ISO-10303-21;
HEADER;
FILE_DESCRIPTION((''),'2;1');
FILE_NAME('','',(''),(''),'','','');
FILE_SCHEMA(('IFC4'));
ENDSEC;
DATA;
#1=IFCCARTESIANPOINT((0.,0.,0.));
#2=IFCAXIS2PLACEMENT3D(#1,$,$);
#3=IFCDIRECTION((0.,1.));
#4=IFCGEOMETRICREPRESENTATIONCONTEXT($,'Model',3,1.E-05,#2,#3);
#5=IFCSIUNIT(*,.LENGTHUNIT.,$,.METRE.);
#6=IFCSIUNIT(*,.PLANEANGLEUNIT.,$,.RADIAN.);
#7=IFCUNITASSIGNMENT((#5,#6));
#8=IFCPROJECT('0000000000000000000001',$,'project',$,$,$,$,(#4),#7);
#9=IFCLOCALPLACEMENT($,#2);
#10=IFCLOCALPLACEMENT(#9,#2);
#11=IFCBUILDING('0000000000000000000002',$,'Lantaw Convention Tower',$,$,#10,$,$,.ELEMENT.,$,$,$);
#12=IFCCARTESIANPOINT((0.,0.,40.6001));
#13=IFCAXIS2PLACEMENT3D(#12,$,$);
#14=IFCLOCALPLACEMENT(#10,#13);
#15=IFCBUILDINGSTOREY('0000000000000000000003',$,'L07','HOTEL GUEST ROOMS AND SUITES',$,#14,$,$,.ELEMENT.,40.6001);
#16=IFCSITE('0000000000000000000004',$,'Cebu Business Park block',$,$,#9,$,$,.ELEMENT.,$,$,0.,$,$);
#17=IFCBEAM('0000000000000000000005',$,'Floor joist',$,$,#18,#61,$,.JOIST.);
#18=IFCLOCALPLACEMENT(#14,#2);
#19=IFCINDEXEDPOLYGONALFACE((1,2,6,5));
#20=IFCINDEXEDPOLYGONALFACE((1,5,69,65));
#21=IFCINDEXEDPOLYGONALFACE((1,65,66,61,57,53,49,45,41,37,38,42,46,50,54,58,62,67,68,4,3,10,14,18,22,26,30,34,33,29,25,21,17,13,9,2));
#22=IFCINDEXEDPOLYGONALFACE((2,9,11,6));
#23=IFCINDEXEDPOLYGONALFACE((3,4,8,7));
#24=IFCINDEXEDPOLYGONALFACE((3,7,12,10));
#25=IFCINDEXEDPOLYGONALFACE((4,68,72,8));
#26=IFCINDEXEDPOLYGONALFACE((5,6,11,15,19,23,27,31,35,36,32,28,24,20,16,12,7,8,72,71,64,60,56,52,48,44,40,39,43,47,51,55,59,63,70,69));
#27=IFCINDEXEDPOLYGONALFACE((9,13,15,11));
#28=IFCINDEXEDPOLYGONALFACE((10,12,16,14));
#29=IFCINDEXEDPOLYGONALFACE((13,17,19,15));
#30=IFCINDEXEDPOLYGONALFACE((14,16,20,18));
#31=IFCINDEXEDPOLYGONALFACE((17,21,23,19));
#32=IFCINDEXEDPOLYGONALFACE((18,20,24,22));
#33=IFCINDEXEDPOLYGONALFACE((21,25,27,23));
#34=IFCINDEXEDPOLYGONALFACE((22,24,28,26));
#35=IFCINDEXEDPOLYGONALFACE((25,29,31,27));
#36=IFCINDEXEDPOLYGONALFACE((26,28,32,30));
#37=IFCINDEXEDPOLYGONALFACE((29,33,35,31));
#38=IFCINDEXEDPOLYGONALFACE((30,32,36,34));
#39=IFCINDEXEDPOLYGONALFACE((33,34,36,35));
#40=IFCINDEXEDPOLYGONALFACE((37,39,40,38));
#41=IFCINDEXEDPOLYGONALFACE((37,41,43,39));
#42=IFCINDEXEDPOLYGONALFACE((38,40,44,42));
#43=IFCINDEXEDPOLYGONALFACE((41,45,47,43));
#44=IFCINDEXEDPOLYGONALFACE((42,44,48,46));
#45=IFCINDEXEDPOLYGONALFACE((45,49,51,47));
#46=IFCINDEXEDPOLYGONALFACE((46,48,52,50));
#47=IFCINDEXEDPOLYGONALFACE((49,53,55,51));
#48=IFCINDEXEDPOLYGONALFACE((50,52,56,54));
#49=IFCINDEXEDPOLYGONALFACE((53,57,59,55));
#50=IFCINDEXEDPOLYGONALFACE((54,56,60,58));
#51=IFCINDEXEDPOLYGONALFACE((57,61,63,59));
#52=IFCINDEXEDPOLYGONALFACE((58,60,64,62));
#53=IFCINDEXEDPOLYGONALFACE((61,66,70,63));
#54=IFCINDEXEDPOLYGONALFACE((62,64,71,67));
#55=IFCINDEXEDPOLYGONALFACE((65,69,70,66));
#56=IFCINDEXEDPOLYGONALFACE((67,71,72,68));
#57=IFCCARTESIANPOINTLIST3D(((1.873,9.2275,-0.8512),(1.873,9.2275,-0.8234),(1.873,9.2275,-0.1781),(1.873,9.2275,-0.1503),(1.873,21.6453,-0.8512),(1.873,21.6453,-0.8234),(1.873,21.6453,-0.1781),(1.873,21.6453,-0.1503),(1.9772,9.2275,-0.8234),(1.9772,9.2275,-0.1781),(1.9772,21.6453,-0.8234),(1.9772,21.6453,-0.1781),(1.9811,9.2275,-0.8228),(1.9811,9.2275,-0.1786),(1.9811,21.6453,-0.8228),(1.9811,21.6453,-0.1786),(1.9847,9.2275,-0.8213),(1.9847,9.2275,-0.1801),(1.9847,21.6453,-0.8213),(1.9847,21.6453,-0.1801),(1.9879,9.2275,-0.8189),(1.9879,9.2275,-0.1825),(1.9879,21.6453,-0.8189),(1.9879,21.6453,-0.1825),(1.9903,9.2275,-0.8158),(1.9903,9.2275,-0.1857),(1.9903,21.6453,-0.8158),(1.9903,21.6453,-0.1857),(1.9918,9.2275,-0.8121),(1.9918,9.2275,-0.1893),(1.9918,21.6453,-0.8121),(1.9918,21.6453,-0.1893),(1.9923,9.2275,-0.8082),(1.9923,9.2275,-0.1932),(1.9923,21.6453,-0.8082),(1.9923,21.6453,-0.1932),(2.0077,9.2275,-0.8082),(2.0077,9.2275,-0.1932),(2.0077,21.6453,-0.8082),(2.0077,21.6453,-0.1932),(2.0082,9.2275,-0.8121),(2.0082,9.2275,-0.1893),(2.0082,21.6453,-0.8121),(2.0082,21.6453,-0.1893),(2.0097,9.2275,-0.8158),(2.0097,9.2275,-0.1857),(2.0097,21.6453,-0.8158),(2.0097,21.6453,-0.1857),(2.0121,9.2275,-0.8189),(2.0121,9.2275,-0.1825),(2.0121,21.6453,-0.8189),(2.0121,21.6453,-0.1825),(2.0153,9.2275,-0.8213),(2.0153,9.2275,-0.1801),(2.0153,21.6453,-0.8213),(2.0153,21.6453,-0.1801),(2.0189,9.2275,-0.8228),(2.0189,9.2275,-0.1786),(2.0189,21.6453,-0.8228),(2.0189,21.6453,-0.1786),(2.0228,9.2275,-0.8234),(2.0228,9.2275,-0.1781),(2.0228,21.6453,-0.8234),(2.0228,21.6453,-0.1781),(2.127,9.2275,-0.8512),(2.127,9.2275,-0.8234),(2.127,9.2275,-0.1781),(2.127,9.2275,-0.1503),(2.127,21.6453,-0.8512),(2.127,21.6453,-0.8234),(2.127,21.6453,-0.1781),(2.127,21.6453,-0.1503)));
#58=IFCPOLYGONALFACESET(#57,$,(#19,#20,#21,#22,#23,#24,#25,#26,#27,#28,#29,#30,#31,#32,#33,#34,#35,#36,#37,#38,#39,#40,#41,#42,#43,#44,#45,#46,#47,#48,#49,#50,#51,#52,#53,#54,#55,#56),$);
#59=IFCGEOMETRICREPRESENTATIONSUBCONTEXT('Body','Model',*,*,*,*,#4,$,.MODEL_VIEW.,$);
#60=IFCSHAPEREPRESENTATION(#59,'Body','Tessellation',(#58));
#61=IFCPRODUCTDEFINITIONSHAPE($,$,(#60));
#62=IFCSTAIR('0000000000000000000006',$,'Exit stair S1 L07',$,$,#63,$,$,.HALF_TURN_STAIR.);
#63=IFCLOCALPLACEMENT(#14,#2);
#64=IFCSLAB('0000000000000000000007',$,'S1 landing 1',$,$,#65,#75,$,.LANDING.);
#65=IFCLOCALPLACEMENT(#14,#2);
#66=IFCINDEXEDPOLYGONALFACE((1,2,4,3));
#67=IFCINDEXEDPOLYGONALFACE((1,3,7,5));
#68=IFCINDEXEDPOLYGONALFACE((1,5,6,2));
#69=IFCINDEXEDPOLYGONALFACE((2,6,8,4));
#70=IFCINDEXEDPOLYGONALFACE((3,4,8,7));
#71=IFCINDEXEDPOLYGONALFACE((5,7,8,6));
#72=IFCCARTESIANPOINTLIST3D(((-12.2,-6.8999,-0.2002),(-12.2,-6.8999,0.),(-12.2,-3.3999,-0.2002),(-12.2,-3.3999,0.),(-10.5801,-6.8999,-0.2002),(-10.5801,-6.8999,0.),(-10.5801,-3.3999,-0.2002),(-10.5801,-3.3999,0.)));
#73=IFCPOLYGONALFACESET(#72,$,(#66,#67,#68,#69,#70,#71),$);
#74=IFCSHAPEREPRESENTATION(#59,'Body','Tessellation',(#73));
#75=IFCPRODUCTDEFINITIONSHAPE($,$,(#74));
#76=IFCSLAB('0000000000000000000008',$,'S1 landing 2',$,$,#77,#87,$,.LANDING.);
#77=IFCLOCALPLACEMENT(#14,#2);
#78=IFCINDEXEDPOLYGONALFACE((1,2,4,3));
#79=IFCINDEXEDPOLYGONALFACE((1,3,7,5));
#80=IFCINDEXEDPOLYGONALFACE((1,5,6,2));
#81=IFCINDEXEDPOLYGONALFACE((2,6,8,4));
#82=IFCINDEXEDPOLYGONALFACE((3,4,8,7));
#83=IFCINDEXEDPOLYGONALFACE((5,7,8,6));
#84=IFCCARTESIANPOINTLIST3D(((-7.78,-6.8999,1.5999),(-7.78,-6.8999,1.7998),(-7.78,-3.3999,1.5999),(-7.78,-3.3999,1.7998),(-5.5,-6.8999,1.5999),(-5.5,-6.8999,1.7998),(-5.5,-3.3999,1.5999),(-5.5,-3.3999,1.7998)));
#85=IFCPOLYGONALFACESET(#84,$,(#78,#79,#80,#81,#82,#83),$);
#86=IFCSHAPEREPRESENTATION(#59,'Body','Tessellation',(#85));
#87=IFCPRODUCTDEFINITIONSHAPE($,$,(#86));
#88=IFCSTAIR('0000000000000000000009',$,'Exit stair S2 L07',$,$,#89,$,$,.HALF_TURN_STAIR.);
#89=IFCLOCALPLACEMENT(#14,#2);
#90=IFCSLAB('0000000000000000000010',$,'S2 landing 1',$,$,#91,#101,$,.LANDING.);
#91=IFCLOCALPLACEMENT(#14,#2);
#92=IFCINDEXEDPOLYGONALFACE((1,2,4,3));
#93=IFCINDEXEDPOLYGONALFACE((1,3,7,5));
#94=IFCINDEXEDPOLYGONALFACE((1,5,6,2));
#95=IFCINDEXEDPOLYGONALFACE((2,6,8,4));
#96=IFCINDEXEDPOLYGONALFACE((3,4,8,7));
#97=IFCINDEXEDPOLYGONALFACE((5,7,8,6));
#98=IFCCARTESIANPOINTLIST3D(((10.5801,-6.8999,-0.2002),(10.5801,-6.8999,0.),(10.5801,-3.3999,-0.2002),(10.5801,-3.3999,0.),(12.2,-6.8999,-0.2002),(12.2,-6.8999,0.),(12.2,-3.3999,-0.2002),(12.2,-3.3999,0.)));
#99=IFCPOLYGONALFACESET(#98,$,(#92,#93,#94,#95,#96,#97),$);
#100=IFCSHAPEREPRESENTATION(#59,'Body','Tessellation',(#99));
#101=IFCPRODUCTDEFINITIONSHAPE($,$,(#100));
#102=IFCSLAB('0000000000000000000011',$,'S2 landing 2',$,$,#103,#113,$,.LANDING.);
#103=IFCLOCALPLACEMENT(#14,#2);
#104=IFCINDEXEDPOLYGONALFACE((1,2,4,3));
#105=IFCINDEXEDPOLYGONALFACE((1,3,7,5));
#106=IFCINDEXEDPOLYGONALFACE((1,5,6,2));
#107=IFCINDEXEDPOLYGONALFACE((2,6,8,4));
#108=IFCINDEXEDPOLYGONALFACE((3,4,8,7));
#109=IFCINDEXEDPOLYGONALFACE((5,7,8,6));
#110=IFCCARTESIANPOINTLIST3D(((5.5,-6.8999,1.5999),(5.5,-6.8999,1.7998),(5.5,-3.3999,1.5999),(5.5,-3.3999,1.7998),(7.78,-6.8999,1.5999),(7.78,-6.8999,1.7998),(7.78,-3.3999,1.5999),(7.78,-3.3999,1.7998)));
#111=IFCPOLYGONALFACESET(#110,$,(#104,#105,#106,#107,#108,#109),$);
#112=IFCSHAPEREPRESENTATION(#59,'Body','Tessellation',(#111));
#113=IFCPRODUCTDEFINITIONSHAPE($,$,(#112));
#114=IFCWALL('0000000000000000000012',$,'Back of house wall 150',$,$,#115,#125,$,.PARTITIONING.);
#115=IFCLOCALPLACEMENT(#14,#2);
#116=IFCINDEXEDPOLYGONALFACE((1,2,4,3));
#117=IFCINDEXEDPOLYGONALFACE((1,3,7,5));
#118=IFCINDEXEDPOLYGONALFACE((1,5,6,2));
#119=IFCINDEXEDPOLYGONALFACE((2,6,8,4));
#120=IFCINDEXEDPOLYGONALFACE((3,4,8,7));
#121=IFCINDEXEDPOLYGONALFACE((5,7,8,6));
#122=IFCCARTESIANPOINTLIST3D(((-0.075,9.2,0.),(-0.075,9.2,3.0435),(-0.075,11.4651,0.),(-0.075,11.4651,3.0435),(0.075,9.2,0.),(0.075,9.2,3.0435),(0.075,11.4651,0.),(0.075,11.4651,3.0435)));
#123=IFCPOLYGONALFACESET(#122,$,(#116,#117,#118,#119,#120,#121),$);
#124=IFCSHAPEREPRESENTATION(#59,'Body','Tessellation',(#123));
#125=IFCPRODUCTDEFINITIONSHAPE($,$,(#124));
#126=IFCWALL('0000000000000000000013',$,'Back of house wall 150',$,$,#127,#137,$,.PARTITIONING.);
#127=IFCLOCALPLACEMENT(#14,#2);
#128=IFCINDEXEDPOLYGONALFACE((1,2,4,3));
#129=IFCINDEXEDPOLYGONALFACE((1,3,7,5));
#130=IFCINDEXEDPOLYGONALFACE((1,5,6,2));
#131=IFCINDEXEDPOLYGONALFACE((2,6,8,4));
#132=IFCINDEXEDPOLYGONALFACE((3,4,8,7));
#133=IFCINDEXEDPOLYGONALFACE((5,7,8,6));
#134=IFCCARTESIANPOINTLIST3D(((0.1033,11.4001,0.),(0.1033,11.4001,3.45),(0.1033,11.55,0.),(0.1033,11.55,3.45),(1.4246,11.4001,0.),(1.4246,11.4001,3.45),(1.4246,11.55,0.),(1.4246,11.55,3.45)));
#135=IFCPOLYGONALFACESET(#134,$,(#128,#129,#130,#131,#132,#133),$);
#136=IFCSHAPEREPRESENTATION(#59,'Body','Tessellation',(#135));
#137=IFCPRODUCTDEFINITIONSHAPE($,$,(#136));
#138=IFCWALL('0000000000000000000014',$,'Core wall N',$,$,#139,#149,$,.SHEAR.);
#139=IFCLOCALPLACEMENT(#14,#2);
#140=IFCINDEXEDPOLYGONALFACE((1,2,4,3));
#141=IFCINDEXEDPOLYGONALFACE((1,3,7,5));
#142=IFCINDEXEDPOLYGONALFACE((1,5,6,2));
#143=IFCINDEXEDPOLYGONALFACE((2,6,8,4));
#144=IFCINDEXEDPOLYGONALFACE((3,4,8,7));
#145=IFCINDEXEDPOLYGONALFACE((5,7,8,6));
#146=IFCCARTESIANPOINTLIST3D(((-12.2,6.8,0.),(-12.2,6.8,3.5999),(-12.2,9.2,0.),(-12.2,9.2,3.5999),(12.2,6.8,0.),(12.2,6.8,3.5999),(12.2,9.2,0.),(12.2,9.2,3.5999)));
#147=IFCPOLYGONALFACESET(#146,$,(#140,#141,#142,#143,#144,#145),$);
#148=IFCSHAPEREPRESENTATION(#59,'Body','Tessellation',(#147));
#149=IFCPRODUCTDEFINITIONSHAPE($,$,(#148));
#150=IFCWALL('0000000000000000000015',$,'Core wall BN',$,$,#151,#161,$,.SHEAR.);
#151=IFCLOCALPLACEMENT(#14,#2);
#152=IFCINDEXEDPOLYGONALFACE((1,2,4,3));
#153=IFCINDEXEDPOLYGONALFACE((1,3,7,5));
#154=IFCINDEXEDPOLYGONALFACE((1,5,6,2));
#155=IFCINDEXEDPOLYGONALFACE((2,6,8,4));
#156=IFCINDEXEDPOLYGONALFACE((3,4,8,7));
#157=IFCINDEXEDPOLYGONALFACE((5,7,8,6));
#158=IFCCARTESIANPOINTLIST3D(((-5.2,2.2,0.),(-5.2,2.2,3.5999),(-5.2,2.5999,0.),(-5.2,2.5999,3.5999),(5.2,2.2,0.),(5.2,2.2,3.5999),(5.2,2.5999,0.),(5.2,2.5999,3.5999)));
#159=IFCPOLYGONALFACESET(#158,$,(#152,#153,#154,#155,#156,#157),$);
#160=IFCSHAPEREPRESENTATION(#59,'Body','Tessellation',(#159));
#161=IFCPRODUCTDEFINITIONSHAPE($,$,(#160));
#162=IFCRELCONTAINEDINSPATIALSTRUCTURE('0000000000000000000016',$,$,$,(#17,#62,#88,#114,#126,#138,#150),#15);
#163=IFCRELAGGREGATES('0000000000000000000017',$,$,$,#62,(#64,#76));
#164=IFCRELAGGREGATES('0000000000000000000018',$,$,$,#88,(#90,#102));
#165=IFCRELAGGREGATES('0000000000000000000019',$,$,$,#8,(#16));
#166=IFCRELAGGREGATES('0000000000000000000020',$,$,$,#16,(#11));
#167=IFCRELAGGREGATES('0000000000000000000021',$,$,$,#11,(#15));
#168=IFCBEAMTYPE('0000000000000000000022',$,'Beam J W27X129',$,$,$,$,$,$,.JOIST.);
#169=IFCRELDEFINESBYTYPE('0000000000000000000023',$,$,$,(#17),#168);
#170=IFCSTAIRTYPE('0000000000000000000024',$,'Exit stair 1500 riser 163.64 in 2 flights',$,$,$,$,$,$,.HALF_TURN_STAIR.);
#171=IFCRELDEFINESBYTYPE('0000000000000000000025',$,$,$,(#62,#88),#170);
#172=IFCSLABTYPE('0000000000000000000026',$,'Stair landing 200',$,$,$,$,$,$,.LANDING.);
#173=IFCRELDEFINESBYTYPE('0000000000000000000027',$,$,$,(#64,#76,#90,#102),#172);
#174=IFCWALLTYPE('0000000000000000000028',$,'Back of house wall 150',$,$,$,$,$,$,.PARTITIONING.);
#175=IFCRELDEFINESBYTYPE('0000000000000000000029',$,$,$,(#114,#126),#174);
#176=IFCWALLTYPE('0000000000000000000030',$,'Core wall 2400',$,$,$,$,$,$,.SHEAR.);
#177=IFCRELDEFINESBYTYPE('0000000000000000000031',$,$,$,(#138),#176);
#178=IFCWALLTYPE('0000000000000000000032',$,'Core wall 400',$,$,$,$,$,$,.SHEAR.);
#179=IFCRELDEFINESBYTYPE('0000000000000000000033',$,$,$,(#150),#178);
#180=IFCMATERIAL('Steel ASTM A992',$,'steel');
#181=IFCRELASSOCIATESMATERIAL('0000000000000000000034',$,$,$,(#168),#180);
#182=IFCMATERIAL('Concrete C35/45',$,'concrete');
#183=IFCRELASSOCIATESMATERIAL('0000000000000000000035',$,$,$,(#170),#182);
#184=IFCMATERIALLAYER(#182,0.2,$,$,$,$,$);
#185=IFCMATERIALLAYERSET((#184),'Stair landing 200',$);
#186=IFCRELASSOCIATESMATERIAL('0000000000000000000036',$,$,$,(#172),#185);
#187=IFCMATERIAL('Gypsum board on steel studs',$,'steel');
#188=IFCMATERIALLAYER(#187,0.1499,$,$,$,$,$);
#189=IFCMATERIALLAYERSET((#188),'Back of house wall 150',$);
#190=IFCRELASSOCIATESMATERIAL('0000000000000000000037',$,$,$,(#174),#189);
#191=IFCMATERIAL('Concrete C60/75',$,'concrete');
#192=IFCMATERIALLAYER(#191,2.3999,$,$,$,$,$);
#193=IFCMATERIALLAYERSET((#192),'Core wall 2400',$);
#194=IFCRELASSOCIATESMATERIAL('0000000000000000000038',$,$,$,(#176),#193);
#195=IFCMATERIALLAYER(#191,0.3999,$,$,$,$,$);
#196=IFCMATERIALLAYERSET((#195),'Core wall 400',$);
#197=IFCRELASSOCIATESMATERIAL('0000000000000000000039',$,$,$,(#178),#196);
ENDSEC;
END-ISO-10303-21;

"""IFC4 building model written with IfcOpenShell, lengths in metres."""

from ifc_helpers import new_model, si_unit, direction, frame, frame_2d, origin, origin_2d, place, context, subcontext, project, spatial, polyline, rectangle, i_section, outline, extrude, material, layer, layer_set, material_profile, profile_set, type_object, element, aggregate, save


model = new_model("IFC4")

# Units and contexts
model_context = context("Model", 3, precision=1e-05, world=origin(), true_north=direction((0.0, 1.0)))
body_context = subcontext(model_context, "Body", "Model", "MODEL_VIEW")
ifc_project = project(units=[si_unit("LENGTHUNIT", "METRE"), si_unit("PLANEANGLEUNIT", "RADIAN")], contexts=[model_context])

# Site, building, storey
site_placement = place(None, origin())
site = spatial("IfcSite", under=ifc_project, at=site_placement, Name="Cebu Business Park block", CompositionType="ELEMENT", RefElevation=0.0)
building_placement = place(site_placement, origin())
building = spatial("IfcBuilding", under=site, at=building_placement, Name="Lantaw Convention Tower", CompositionType="ELEMENT")
storey_placement = place(building_placement, frame((0.0, 0.0, 40.6001)))
storey = spatial("IfcBuildingStorey", under=building, at=storey_placement, Name="L07", Description="HOTEL GUEST ROOMS AND SUITES", CompositionType="ELEMENT", Elevation=40.6001)

# Beam
ifc_material_1 = material(Name="Steel ASTM A992", Category="steel")
ifc_material_profile_1 = material_profile(ifc_material_1, i_section(OverallWidth=0.2539, OverallDepth=0.7009, WebThickness=0.0154, FlangeThickness=0.0278, FilletRadius=0.0151, at=origin_2d()), Name="W27X129")
ifc_profile_set_1 = profile_set([ifc_material_profile_1], Name="Steel ASTM A992")
beam_type_1 = type_object("IfcBeamType", Name="Beam J W27X129", PredefinedType="JOIST", material=ifc_profile_set_1)
beam_1_placement = place(storey_placement, frame((2.0, 9.2275, -0.5007), z_axis=(0.0, 1.0, 0.0), x_axis=(-1.0, 0.0, 0.0)))
element("IfcBeam", 1, at=beam_1_placement, inside=storey, type_object=beam_type_1, Name="Floor joist", PredefinedType="JOIST", context=body_context, shape_type="SweptSolid", body=[
    extrude(i_section(OverallWidth=0.2539, OverallDepth=0.7009, WebThickness=0.0154, FlangeThickness=0.0278, FilletRadius=0.0151, at=origin_2d()), origin(), (0.0, 0.0, 1.0), 12.4177),
])

# Stairs, slabs
ifc_material_2 = material(Name="Concrete C35/45", Category="concrete")
stair_type = type_object("IfcStairType", Name="Exit stair 1500 riser 163.64 in 2 flights", PredefinedType="HALF_TURN_STAIR", material=ifc_material_2)
stair_1_placement = place(storey_placement, origin())
stair_1 = element("IfcStair", 2, at=stair_1_placement, inside=storey, type_object=stair_type, Name="Exit stair S1 L07", PredefinedType="HALF_TURN_STAIR")
ifc_layer_1 = layer(ifc_material_2, 0.2)
ifc_layer_set_1 = layer_set([ifc_layer_1], Name="Stair landing 200")
slab_type = type_object("IfcSlabType", Name="Stair landing 200", PredefinedType="LANDING", material=ifc_layer_set_1)
slab_1_placement = place(storey_placement, frame((0.0, 0.0, -0.2002)))
slab_1 = element("IfcSlab", 3, at=slab_1_placement, type_object=slab_type, Name="S1 landing 1", PredefinedType="LANDING", context=body_context, shape_type="SweptSolid", body=[
    extrude(outline(polyline([(-12.2, -6.8999), (-10.5801, -6.8999), (-10.5801, -3.3999), (-12.2, -3.3999), (-12.2, -6.8999)])), origin(), (0.0, 0.0, 1.0), 0.2002),
])
slab_2_placement = place(storey_placement, frame((0.0, 0.0, 1.5999)))
slab_2 = element("IfcSlab", 4, at=slab_2_placement, type_object=slab_type, Name="S1 landing 2", PredefinedType="LANDING", context=body_context, shape_type="SweptSolid", body=[
    extrude(outline(polyline([(-7.78, -6.8999), (-5.5, -6.8999), (-5.5, -3.3999), (-7.78, -3.3999), (-7.78, -6.8999)])), origin(), (0.0, 0.0, 1.0), 0.2),
])
aggregate(stair_1, [slab_1, slab_2])
stair_2_placement = place(storey_placement, origin())
stair_2 = element("IfcStair", 5, at=stair_2_placement, inside=storey, type_object=stair_type, Name="Exit stair S2 L07", PredefinedType="HALF_TURN_STAIR")
slab_3_placement = place(storey_placement, frame((0.0, 0.0, -0.2002)))
slab_3 = element("IfcSlab", 6, at=slab_3_placement, type_object=slab_type, Name="S2 landing 1", PredefinedType="LANDING", context=body_context, shape_type="SweptSolid", body=[
    extrude(outline(polyline([(10.5801, -6.8999), (12.2, -6.8999), (12.2, -3.3999), (10.5801, -3.3999), (10.5801, -6.8999)])), origin(), (0.0, 0.0, 1.0), 0.2002),
])
slab_4_placement = place(storey_placement, frame((0.0, 0.0, 1.5999)))
slab_4 = element("IfcSlab", 7, at=slab_4_placement, type_object=slab_type, Name="S2 landing 2", PredefinedType="LANDING", context=body_context, shape_type="SweptSolid", body=[
    extrude(outline(polyline([(5.5, -6.8999), (7.78, -6.8999), (7.78, -3.3999), (5.5, -3.3999), (5.5, -6.8999)])), origin(), (0.0, 0.0, 1.0), 0.2),
])
aggregate(stair_2, [slab_3, slab_4])

# Walls
ifc_material_3 = material(Name="Gypsum board on steel studs", Category="steel")
ifc_layer_2 = layer(ifc_material_3, 0.1499)
ifc_layer_set_2 = layer_set([ifc_layer_2], Name="Back of house wall 150")
wall_type_1 = type_object("IfcWallType", Name="Back of house wall 150", PredefinedType="PARTITIONING", material=ifc_layer_set_2)
wall_1_placement = place(storey_placement, frame((0.0, 9.2, 0.0), z_axis=(0.0, 0.0, 1.0), x_axis=(0.0, 1.0, 0.0)))
element("IfcWall", 8, at=wall_1_placement, inside=storey, type_object=wall_type_1, Name="Back of house wall 150", PredefinedType="PARTITIONING", context=body_context, shape_type="SweptSolid", body=[
    extrude(rectangle(XDim=2.2651, YDim=0.1499, at=frame_2d((1.1326, 0.0))), origin(), (0.0, 0.0, 1.0), 3.0435),
])
wall_2_placement = place(storey_placement, frame((1.4246, 11.4751, 0.0), z_axis=(0.0, 0.0, 1.0), x_axis=(-1.0, 0.0, 0.0)))
element("IfcWall", 9, at=wall_2_placement, inside=storey, type_object=wall_type_1, Name="Back of house wall 150", PredefinedType="PARTITIONING", context=body_context, shape_type="SweptSolid", body=[
    extrude(rectangle(XDim=1.3213, YDim=0.1499, at=frame_2d((0.6606, 0.0))), origin(), (0.0, 0.0, 1.0), 3.45),
])
ifc_material_4 = material(Name="Concrete C60/75", Category="concrete")
ifc_layer_3 = layer(ifc_material_4, 2.3999)
ifc_layer_set_3 = layer_set([ifc_layer_3], Name="Core wall 2400")
wall_type_2 = type_object("IfcWallType", Name="Core wall 2400", PredefinedType="SHEAR", material=ifc_layer_set_3)
wall_3_placement = place(storey_placement, frame((12.2, 8.0, 0.0), z_axis=(0.0, 0.0, 1.0), x_axis=(-1.0, 0.0, 0.0)))
element("IfcWall", 10, at=wall_3_placement, inside=storey, type_object=wall_type_2, Name="Core wall N", PredefinedType="SHEAR", context=body_context, shape_type="SweptSolid", body=[
    extrude(rectangle(XDim=24.3999, YDim=2.3999, at=frame_2d((12.2, 0.0))), origin(), (0.0, 0.0, 1.0), 3.5999),
])
ifc_layer_4 = layer(ifc_material_4, 0.3999)
ifc_layer_set_4 = layer_set([ifc_layer_4], Name="Core wall 400")
wall_type_3 = type_object("IfcWallType", Name="Core wall 400", PredefinedType="SHEAR", material=ifc_layer_set_4)
wall_4_placement = place(storey_placement, frame((5.2, 2.3999, 0.0), z_axis=(0.0, 0.0, 1.0), x_axis=(-1.0, 0.0, 0.0)))
element("IfcWall", 11, at=wall_4_placement, inside=storey, type_object=wall_type_3, Name="Core wall BN", PredefinedType="SHEAR", context=body_context, shape_type="SweptSolid", body=[
    extrude(rectangle(XDim=10.3999, YDim=0.3999, at=frame_2d((5.2, 0.0))), origin(), (0.0, 0.0, 1.0), 3.5999),
])

save(model, "model.ifc")
